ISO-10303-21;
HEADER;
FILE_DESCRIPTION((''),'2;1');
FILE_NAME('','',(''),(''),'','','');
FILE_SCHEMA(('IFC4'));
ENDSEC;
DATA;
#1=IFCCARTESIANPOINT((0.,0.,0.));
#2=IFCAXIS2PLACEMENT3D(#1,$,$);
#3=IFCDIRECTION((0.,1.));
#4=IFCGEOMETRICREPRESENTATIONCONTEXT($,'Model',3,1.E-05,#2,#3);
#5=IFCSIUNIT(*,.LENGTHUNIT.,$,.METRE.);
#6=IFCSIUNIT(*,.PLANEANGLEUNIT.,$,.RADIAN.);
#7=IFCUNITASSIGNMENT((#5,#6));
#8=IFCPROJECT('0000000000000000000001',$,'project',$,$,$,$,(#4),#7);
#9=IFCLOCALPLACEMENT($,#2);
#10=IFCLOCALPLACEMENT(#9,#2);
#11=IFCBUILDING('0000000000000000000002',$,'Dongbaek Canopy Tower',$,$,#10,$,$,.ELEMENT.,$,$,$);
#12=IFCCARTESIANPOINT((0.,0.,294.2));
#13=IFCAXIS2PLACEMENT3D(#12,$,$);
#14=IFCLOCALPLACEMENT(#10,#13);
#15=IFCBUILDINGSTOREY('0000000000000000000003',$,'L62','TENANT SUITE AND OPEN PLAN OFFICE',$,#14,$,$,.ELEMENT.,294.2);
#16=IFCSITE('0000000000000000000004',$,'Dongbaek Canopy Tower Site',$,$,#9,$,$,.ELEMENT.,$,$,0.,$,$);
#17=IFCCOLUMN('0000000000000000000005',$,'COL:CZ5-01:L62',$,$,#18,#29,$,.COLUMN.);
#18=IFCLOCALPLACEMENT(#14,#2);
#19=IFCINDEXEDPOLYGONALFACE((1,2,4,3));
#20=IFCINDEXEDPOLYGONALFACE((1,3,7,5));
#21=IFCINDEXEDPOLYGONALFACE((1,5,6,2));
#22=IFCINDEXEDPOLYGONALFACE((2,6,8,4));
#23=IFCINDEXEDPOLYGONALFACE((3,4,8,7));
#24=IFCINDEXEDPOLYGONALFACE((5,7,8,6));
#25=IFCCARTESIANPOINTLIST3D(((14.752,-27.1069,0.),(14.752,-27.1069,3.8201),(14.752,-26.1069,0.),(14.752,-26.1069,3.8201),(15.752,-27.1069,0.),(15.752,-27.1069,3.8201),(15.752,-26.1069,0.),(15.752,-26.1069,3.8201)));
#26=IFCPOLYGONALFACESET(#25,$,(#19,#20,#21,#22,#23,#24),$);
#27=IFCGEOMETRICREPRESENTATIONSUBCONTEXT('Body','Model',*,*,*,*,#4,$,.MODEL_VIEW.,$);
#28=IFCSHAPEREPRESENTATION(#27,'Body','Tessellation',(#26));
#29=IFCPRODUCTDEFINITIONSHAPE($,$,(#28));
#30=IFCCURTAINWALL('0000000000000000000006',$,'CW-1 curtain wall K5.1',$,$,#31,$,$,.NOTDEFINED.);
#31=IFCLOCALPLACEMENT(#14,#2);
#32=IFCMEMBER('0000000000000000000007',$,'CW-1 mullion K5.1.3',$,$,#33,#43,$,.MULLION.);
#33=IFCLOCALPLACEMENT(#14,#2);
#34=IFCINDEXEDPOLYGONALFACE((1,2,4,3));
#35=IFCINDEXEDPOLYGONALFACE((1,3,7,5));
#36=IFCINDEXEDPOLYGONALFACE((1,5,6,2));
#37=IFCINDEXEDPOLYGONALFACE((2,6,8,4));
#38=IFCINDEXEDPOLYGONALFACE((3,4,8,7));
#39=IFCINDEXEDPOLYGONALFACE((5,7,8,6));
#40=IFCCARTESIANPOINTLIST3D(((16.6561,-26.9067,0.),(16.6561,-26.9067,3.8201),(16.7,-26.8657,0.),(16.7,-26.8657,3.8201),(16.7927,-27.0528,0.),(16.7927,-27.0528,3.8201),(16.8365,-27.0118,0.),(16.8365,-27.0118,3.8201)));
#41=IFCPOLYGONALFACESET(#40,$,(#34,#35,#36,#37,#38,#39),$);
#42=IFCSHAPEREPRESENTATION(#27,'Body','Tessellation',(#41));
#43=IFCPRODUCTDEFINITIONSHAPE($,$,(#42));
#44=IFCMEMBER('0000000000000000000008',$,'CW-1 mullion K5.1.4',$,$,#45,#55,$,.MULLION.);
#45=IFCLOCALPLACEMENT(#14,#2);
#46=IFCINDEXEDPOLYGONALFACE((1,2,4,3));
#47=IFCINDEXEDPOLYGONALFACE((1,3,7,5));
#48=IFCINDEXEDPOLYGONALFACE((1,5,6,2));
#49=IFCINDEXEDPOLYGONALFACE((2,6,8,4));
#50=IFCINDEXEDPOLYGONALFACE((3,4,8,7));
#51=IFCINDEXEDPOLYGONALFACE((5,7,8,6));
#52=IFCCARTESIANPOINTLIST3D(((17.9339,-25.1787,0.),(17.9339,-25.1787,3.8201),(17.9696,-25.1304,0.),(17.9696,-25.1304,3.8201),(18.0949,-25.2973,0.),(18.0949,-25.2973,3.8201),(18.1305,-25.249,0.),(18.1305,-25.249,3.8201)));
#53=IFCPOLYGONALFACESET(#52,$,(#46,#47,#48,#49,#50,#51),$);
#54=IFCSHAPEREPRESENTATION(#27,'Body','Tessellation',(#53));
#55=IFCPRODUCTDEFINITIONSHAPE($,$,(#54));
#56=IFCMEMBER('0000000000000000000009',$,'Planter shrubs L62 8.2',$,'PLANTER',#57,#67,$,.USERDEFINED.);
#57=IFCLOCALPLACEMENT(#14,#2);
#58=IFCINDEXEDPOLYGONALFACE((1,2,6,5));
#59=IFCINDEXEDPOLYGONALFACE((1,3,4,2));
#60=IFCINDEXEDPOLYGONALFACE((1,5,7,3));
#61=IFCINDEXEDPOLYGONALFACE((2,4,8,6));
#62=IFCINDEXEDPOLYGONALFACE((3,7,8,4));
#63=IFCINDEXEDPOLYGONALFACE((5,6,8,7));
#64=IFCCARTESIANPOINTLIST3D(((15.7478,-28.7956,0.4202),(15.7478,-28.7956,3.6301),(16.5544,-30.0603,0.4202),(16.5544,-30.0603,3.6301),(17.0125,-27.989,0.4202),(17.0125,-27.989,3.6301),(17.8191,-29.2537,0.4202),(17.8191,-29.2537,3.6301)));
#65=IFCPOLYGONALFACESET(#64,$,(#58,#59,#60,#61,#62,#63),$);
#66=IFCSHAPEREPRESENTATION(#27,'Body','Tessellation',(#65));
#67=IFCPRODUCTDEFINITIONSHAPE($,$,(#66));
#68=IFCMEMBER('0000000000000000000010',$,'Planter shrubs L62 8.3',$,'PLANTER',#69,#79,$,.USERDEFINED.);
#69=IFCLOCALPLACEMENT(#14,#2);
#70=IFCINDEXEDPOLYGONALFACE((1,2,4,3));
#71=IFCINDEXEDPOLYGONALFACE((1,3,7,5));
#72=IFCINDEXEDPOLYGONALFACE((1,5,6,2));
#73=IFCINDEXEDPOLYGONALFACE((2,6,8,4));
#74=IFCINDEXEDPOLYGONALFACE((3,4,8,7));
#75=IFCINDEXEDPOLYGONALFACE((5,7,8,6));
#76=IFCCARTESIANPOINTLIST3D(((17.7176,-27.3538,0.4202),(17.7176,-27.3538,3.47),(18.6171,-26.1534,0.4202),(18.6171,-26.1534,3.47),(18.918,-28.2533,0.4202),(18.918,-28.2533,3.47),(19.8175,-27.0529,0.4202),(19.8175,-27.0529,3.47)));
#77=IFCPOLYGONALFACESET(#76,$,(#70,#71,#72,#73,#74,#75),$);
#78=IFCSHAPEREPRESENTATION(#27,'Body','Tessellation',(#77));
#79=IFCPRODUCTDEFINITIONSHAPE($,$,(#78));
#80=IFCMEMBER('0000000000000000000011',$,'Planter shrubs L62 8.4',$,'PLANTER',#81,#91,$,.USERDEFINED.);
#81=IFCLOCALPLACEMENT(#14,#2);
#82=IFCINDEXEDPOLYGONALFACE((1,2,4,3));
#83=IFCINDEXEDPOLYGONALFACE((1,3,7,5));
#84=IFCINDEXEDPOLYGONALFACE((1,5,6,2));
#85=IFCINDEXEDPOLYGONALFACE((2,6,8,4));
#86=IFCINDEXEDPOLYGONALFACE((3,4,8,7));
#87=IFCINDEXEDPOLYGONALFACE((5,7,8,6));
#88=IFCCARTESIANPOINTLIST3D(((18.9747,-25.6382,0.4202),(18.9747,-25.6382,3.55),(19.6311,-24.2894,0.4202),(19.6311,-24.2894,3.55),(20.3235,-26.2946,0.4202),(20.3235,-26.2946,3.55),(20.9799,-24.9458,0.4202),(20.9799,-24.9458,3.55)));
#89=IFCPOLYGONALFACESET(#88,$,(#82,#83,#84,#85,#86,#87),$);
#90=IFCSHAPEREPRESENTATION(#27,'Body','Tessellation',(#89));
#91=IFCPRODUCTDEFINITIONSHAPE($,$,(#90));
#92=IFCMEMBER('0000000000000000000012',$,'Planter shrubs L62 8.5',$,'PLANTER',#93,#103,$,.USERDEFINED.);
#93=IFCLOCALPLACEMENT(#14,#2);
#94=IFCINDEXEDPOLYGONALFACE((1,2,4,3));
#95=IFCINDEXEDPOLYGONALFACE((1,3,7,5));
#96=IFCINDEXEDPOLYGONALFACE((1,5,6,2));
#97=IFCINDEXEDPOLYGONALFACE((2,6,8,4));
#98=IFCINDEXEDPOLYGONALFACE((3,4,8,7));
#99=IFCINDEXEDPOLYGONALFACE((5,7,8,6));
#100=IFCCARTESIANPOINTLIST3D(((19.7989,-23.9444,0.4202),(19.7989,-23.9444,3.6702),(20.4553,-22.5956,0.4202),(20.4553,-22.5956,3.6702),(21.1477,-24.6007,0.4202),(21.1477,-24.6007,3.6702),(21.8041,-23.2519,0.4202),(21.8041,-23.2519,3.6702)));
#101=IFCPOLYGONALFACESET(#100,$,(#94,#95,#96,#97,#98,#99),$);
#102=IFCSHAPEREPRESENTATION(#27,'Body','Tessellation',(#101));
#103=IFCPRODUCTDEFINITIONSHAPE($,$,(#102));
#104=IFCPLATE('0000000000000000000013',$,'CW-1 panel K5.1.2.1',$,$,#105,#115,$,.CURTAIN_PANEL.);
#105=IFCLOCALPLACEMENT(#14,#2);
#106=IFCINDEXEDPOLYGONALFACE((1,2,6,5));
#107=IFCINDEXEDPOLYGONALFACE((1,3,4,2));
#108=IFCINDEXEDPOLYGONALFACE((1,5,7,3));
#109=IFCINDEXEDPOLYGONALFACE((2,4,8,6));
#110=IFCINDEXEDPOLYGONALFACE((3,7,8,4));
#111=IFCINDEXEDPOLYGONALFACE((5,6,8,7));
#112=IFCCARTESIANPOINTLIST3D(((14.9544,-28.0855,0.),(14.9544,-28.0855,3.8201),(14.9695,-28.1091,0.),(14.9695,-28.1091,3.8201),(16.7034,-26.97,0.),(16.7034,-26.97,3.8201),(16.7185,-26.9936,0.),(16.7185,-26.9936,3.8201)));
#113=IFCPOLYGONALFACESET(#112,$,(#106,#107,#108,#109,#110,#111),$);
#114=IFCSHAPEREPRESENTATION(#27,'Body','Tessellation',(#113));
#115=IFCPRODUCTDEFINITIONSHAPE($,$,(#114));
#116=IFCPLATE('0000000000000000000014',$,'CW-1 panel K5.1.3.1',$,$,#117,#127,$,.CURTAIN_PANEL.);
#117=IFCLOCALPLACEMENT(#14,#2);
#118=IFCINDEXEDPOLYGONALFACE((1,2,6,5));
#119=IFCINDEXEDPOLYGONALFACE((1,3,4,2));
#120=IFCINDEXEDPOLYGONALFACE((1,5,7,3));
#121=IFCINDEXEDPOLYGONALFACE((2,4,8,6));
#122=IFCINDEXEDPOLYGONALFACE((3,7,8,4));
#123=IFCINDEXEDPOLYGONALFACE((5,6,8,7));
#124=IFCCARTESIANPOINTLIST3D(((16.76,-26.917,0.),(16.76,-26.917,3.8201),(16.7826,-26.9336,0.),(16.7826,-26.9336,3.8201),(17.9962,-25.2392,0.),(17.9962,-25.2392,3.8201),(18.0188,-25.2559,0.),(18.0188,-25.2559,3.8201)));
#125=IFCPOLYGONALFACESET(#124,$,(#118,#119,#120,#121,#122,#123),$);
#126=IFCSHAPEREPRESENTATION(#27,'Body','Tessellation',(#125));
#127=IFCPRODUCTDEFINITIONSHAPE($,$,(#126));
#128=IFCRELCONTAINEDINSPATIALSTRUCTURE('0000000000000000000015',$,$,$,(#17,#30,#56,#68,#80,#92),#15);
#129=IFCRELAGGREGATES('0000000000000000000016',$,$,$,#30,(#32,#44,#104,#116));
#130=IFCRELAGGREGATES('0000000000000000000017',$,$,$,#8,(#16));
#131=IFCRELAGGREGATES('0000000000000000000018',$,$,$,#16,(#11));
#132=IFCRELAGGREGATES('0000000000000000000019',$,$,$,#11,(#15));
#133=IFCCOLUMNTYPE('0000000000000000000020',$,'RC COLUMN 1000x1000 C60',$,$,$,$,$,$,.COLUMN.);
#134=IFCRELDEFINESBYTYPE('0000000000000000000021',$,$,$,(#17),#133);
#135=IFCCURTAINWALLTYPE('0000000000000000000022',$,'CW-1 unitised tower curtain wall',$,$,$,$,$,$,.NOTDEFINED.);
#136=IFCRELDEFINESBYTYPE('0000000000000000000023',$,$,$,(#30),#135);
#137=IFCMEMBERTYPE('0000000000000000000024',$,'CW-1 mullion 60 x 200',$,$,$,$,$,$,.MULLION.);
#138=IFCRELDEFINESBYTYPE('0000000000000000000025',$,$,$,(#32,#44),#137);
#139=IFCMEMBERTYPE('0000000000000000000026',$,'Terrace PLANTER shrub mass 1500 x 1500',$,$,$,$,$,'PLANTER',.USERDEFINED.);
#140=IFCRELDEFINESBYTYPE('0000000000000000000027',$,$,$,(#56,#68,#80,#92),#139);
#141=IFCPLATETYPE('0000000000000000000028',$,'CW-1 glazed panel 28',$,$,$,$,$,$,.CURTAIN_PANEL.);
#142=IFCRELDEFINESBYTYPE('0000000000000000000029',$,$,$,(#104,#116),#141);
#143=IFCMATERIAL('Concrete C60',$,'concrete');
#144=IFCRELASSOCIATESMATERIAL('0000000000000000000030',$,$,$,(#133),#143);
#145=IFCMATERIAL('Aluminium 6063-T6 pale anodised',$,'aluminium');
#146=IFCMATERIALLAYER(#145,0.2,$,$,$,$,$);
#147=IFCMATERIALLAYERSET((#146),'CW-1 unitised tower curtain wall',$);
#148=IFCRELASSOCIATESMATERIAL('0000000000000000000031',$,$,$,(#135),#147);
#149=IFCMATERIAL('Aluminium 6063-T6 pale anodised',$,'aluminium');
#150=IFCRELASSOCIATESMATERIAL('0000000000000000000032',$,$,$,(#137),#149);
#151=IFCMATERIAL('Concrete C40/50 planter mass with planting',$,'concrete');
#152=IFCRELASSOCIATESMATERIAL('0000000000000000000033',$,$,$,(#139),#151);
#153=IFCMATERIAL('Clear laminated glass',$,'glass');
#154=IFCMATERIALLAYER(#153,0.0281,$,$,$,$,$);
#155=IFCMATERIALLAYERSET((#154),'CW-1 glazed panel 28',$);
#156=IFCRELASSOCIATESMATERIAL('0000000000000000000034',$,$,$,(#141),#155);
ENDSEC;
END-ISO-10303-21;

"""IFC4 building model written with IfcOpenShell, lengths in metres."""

from ifc_helpers import new_model, si_unit, direction, frame, origin, origin_2d, place, context, subcontext, project, spatial, rectangle, extrude, material, layer, layer_set, material_profile, profile_set, type_object, element, aggregate, save


model = new_model("IFC4")

# Units and contexts
model_context = context("Model", 3, precision=1e-05, world=origin(), true_north=direction((0.0, 1.0)))
body_context = subcontext(model_context, "Body", "Model", "MODEL_VIEW")
ifc_project = project(units=[si_unit("LENGTHUNIT", "METRE"), si_unit("PLANEANGLEUNIT", "RADIAN")], contexts=[model_context])

# Site, building, storey
site_placement = place(None, origin())
site = spatial("IfcSite", under=ifc_project, at=site_placement, Name="Dongbaek Canopy Tower Site", CompositionType="ELEMENT", RefElevation=0.0)
building_placement = place(site_placement, origin())
building = spatial("IfcBuilding", under=site, at=building_placement, Name="Dongbaek Canopy Tower", CompositionType="ELEMENT")
storey_placement = place(building_placement, frame((0.0, 0.0, 294.2)))
storey = spatial("IfcBuildingStorey", under=building, at=storey_placement, Name="L62", Description="TENANT SUITE AND OPEN PLAN OFFICE", CompositionType="ELEMENT", Elevation=294.2)

# Column
ifc_material_1 = material(Name="Concrete C60", Category="concrete")
ifc_material_profile_1 = material_profile(ifc_material_1, rectangle(XDim=1.0, YDim=1.0, at=origin_2d()), Name="RC COLUMN 1000x1000 C60")
ifc_profile_set_1 = profile_set([ifc_material_profile_1], Name="Concrete C60")
column_type = type_object("IfcColumnType", Name="RC COLUMN 1000x1000 C60", PredefinedType="COLUMN", material=ifc_profile_set_1)
column_placement = place(storey_placement, frame((15.252, -26.6069, 0.0), z_axis=(0.0, 0.0, 1.0), x_axis=(1.0, 0.0, 0.0)))
element("IfcColumn", 1, at=column_placement, inside=storey, type_object=column_type, Name="COL:CZ5-01:L62", PredefinedType="COLUMN", context=body_context, shape_type="SweptSolid", body=[
    extrude(rectangle(XDim=1.0, YDim=1.0, at=origin_2d()), origin(), (0.0, 0.0, 1.0), 3.8201),
])

# Curtain wall, members
ifc_material_2 = material(Name="Aluminium 6063-T6 pale anodised", Category="aluminium")
ifc_layer_1 = layer(ifc_material_2, 0.2)
ifc_layer_set_1 = layer_set([ifc_layer_1], Name="CW-1 unitised tower curtain wall")
curtain_wall_type = type_object("IfcCurtainWallType", Name="CW-1 unitised tower curtain wall", PredefinedType="NOTDEFINED", material=ifc_layer_set_1)
curtain_wall_placement = place(storey_placement, origin())
curtain_wall = element("IfcCurtainWall", 2, at=curtain_wall_placement, inside=storey, type_object=curtain_wall_type, Name="CW-1 curtain wall K5.1", PredefinedType="NOTDEFINED")
ifc_material_3 = material(Name="Aluminium 6063-T6 pale anodised", Category="aluminium")
ifc_material_profile_2 = material_profile(ifc_material_3, rectangle(XDim=0.2, YDim=0.0601, at=origin_2d()), Name="CW-1 mullion 60 x 200")
ifc_profile_set_2 = profile_set([ifc_material_profile_2], Name="Aluminium 6063-T6 pale anodised")
member_type_1 = type_object("IfcMemberType", Name="CW-1 mullion 60 x 200", PredefinedType="MULLION", material=ifc_profile_set_2)
member_1_placement = place(storey_placement, frame((16.7463, -26.9592, 0.0), z_axis=(0.0, 0.0, 1.0), x_axis=(0.682926, -0.730487, 0.0)))
member_1 = element("IfcMember", 3, at=member_1_placement, type_object=member_type_1, Name="CW-1 mullion K5.1.3", PredefinedType="MULLION", context=body_context, shape_type="SweptSolid", body=[
    extrude(rectangle(XDim=0.2, YDim=0.0601, at=origin_2d()), origin(), (0.0, 0.0, 1.0), 3.8201),
])
member_2_placement = place(storey_placement, frame((18.0322, -25.2139, 0.0), z_axis=(0.0, 0.0, 1.0), x_axis=(0.805062, -0.593191, 0.0)))
member_2 = element("IfcMember", 4, at=member_2_placement, type_object=member_type_1, Name="CW-1 mullion K5.1.4", PredefinedType="MULLION", context=body_context, shape_type="SweptSolid", body=[
    extrude(rectangle(XDim=0.2, YDim=0.0601, at=origin_2d()), origin(), (0.0, 0.0, 1.0), 3.8201),
])

# Members
ifc_material_4 = material(Name="Concrete C40/50 planter mass with planting", Category="concrete")
ifc_material_profile_3 = material_profile(ifc_material_4, rectangle(XDim=1.5, YDim=1.5, at=origin_2d()), Name="Terrace PLANTER shrub mass 1500 x 1500")
ifc_profile_set_3 = profile_set([ifc_material_profile_3], Name="Concrete C40/50 planter mass with planting")
member_type_2 = type_object("IfcMemberType", Name="Terrace PLANTER shrub mass 1500 x 1500", ElementType="PLANTER", PredefinedType="USERDEFINED", material=ifc_profile_set_3)
member_3_placement = place(storey_placement, frame((16.7834, -29.0247, 0.4202), z_axis=(0.0, 0.0, 1.0), x_axis=(0.53773, -0.843117, 0.0)))
element("IfcMember", 5, at=member_3_placement, inside=storey, type_object=member_type_2, Name="Planter shrubs L62 8.2", ObjectType="PLANTER", PredefinedType="USERDEFINED", context=body_context, shape_type="SweptSolid", body=[
    extrude(rectangle(XDim=1.5, YDim=1.5, at=origin_2d()), origin(), (0.0, 0.0, 1.0), 3.21),
])
member_4_placement = place(storey_placement, frame((18.7676, -27.2034, 0.4202), z_axis=(0.0, 0.0, 1.0), x_axis=(0.800268, -0.599643, 0.0)))
element("IfcMember", 6, at=member_4_placement, inside=storey, type_object=member_type_2, Name="Planter shrubs L62 8.3", ObjectType="PLANTER", PredefinedType="USERDEFINED", context=body_context, shape_type="SweptSolid", body=[
    extrude(rectangle(XDim=1.5, YDim=1.5, at=origin_2d()), origin(), (0.0, 0.0, 1.0), 3.0498),
])
member_5_placement = place(storey_placement, frame((19.9773, -25.292, 0.4202), z_axis=(0.0, 0.0, 1.0), x_axis=(0.899184, -0.43757, 0.0)))
element("IfcMember", 7, at=member_5_placement, inside=storey, type_object=member_type_2, Name="Planter shrubs L62 8.4", ObjectType="PLANTER", PredefinedType="USERDEFINED", context=body_context, shape_type="SweptSolid", body=[
    extrude(rectangle(XDim=1.5, YDim=1.5, at=origin_2d()), origin(), (0.0, 0.0, 1.0), 3.1299),
])
member_6_placement = place(storey_placement, frame((20.8015, -23.5981, 0.4202), z_axis=(0.0, 0.0, 1.0), x_axis=(0.899184, -0.43757, 0.0)))
element("IfcMember", 8, at=member_6_placement, inside=storey, type_object=member_type_2, Name="Planter shrubs L62 8.5", ObjectType="PLANTER", PredefinedType="USERDEFINED", context=body_context, shape_type="SweptSolid", body=[
    extrude(rectangle(XDim=1.5, YDim=1.5, at=origin_2d()), origin(), (0.0, 0.0, 1.0), 3.25),
])

# Plates
ifc_material_5 = material(Name="Clear laminated glass", Category="glass")
ifc_layer_2 = layer(ifc_material_5, 0.0281)
ifc_layer_set_2 = layer_set([ifc_layer_2], Name="CW-1 glazed panel 28")
plate_type = type_object("IfcPlateType", Name="CW-1 glazed panel 28", PredefinedType="CURTAIN_PANEL", material=ifc_layer_set_2)
plate_1_placement = place(storey_placement, frame((15.8364, -27.5396, 0.0), z_axis=(0.0, 0.0, 1.0), x_axis=(0.843117, 0.53773, 0.0)))
plate_1 = element("IfcPlate", 9, at=plate_1_placement, type_object=plate_type, Name="CW-1 panel K5.1.2.1", PredefinedType="CURTAIN_PANEL", context=body_context, shape_type="SweptSolid", body=[
    extrude(rectangle(XDim=2.0745, YDim=0.0281, at=origin_2d()), origin(), (0.0, 0.0, 1.0), 3.8201),
])
plate_2_placement = place(storey_placement, frame((17.3894, -26.0864, 0.0), z_axis=(0.0, 0.0, 1.0), x_axis=(0.593191, 0.805062, 0.0)))
plate_2 = element("IfcPlate", 10, at=plate_2_placement, type_object=plate_type, Name="CW-1 panel K5.1.3.1", PredefinedType="CURTAIN_PANEL", context=body_context, shape_type="SweptSolid", body=[
    extrude(rectangle(XDim=2.084, YDim=0.0281, at=origin_2d()), origin(), (0.0, 0.0, 1.0), 3.8201),
])
aggregate(curtain_wall, [member_1, member_2, plate_1, plate_2])

save(model, "model.ifc")
